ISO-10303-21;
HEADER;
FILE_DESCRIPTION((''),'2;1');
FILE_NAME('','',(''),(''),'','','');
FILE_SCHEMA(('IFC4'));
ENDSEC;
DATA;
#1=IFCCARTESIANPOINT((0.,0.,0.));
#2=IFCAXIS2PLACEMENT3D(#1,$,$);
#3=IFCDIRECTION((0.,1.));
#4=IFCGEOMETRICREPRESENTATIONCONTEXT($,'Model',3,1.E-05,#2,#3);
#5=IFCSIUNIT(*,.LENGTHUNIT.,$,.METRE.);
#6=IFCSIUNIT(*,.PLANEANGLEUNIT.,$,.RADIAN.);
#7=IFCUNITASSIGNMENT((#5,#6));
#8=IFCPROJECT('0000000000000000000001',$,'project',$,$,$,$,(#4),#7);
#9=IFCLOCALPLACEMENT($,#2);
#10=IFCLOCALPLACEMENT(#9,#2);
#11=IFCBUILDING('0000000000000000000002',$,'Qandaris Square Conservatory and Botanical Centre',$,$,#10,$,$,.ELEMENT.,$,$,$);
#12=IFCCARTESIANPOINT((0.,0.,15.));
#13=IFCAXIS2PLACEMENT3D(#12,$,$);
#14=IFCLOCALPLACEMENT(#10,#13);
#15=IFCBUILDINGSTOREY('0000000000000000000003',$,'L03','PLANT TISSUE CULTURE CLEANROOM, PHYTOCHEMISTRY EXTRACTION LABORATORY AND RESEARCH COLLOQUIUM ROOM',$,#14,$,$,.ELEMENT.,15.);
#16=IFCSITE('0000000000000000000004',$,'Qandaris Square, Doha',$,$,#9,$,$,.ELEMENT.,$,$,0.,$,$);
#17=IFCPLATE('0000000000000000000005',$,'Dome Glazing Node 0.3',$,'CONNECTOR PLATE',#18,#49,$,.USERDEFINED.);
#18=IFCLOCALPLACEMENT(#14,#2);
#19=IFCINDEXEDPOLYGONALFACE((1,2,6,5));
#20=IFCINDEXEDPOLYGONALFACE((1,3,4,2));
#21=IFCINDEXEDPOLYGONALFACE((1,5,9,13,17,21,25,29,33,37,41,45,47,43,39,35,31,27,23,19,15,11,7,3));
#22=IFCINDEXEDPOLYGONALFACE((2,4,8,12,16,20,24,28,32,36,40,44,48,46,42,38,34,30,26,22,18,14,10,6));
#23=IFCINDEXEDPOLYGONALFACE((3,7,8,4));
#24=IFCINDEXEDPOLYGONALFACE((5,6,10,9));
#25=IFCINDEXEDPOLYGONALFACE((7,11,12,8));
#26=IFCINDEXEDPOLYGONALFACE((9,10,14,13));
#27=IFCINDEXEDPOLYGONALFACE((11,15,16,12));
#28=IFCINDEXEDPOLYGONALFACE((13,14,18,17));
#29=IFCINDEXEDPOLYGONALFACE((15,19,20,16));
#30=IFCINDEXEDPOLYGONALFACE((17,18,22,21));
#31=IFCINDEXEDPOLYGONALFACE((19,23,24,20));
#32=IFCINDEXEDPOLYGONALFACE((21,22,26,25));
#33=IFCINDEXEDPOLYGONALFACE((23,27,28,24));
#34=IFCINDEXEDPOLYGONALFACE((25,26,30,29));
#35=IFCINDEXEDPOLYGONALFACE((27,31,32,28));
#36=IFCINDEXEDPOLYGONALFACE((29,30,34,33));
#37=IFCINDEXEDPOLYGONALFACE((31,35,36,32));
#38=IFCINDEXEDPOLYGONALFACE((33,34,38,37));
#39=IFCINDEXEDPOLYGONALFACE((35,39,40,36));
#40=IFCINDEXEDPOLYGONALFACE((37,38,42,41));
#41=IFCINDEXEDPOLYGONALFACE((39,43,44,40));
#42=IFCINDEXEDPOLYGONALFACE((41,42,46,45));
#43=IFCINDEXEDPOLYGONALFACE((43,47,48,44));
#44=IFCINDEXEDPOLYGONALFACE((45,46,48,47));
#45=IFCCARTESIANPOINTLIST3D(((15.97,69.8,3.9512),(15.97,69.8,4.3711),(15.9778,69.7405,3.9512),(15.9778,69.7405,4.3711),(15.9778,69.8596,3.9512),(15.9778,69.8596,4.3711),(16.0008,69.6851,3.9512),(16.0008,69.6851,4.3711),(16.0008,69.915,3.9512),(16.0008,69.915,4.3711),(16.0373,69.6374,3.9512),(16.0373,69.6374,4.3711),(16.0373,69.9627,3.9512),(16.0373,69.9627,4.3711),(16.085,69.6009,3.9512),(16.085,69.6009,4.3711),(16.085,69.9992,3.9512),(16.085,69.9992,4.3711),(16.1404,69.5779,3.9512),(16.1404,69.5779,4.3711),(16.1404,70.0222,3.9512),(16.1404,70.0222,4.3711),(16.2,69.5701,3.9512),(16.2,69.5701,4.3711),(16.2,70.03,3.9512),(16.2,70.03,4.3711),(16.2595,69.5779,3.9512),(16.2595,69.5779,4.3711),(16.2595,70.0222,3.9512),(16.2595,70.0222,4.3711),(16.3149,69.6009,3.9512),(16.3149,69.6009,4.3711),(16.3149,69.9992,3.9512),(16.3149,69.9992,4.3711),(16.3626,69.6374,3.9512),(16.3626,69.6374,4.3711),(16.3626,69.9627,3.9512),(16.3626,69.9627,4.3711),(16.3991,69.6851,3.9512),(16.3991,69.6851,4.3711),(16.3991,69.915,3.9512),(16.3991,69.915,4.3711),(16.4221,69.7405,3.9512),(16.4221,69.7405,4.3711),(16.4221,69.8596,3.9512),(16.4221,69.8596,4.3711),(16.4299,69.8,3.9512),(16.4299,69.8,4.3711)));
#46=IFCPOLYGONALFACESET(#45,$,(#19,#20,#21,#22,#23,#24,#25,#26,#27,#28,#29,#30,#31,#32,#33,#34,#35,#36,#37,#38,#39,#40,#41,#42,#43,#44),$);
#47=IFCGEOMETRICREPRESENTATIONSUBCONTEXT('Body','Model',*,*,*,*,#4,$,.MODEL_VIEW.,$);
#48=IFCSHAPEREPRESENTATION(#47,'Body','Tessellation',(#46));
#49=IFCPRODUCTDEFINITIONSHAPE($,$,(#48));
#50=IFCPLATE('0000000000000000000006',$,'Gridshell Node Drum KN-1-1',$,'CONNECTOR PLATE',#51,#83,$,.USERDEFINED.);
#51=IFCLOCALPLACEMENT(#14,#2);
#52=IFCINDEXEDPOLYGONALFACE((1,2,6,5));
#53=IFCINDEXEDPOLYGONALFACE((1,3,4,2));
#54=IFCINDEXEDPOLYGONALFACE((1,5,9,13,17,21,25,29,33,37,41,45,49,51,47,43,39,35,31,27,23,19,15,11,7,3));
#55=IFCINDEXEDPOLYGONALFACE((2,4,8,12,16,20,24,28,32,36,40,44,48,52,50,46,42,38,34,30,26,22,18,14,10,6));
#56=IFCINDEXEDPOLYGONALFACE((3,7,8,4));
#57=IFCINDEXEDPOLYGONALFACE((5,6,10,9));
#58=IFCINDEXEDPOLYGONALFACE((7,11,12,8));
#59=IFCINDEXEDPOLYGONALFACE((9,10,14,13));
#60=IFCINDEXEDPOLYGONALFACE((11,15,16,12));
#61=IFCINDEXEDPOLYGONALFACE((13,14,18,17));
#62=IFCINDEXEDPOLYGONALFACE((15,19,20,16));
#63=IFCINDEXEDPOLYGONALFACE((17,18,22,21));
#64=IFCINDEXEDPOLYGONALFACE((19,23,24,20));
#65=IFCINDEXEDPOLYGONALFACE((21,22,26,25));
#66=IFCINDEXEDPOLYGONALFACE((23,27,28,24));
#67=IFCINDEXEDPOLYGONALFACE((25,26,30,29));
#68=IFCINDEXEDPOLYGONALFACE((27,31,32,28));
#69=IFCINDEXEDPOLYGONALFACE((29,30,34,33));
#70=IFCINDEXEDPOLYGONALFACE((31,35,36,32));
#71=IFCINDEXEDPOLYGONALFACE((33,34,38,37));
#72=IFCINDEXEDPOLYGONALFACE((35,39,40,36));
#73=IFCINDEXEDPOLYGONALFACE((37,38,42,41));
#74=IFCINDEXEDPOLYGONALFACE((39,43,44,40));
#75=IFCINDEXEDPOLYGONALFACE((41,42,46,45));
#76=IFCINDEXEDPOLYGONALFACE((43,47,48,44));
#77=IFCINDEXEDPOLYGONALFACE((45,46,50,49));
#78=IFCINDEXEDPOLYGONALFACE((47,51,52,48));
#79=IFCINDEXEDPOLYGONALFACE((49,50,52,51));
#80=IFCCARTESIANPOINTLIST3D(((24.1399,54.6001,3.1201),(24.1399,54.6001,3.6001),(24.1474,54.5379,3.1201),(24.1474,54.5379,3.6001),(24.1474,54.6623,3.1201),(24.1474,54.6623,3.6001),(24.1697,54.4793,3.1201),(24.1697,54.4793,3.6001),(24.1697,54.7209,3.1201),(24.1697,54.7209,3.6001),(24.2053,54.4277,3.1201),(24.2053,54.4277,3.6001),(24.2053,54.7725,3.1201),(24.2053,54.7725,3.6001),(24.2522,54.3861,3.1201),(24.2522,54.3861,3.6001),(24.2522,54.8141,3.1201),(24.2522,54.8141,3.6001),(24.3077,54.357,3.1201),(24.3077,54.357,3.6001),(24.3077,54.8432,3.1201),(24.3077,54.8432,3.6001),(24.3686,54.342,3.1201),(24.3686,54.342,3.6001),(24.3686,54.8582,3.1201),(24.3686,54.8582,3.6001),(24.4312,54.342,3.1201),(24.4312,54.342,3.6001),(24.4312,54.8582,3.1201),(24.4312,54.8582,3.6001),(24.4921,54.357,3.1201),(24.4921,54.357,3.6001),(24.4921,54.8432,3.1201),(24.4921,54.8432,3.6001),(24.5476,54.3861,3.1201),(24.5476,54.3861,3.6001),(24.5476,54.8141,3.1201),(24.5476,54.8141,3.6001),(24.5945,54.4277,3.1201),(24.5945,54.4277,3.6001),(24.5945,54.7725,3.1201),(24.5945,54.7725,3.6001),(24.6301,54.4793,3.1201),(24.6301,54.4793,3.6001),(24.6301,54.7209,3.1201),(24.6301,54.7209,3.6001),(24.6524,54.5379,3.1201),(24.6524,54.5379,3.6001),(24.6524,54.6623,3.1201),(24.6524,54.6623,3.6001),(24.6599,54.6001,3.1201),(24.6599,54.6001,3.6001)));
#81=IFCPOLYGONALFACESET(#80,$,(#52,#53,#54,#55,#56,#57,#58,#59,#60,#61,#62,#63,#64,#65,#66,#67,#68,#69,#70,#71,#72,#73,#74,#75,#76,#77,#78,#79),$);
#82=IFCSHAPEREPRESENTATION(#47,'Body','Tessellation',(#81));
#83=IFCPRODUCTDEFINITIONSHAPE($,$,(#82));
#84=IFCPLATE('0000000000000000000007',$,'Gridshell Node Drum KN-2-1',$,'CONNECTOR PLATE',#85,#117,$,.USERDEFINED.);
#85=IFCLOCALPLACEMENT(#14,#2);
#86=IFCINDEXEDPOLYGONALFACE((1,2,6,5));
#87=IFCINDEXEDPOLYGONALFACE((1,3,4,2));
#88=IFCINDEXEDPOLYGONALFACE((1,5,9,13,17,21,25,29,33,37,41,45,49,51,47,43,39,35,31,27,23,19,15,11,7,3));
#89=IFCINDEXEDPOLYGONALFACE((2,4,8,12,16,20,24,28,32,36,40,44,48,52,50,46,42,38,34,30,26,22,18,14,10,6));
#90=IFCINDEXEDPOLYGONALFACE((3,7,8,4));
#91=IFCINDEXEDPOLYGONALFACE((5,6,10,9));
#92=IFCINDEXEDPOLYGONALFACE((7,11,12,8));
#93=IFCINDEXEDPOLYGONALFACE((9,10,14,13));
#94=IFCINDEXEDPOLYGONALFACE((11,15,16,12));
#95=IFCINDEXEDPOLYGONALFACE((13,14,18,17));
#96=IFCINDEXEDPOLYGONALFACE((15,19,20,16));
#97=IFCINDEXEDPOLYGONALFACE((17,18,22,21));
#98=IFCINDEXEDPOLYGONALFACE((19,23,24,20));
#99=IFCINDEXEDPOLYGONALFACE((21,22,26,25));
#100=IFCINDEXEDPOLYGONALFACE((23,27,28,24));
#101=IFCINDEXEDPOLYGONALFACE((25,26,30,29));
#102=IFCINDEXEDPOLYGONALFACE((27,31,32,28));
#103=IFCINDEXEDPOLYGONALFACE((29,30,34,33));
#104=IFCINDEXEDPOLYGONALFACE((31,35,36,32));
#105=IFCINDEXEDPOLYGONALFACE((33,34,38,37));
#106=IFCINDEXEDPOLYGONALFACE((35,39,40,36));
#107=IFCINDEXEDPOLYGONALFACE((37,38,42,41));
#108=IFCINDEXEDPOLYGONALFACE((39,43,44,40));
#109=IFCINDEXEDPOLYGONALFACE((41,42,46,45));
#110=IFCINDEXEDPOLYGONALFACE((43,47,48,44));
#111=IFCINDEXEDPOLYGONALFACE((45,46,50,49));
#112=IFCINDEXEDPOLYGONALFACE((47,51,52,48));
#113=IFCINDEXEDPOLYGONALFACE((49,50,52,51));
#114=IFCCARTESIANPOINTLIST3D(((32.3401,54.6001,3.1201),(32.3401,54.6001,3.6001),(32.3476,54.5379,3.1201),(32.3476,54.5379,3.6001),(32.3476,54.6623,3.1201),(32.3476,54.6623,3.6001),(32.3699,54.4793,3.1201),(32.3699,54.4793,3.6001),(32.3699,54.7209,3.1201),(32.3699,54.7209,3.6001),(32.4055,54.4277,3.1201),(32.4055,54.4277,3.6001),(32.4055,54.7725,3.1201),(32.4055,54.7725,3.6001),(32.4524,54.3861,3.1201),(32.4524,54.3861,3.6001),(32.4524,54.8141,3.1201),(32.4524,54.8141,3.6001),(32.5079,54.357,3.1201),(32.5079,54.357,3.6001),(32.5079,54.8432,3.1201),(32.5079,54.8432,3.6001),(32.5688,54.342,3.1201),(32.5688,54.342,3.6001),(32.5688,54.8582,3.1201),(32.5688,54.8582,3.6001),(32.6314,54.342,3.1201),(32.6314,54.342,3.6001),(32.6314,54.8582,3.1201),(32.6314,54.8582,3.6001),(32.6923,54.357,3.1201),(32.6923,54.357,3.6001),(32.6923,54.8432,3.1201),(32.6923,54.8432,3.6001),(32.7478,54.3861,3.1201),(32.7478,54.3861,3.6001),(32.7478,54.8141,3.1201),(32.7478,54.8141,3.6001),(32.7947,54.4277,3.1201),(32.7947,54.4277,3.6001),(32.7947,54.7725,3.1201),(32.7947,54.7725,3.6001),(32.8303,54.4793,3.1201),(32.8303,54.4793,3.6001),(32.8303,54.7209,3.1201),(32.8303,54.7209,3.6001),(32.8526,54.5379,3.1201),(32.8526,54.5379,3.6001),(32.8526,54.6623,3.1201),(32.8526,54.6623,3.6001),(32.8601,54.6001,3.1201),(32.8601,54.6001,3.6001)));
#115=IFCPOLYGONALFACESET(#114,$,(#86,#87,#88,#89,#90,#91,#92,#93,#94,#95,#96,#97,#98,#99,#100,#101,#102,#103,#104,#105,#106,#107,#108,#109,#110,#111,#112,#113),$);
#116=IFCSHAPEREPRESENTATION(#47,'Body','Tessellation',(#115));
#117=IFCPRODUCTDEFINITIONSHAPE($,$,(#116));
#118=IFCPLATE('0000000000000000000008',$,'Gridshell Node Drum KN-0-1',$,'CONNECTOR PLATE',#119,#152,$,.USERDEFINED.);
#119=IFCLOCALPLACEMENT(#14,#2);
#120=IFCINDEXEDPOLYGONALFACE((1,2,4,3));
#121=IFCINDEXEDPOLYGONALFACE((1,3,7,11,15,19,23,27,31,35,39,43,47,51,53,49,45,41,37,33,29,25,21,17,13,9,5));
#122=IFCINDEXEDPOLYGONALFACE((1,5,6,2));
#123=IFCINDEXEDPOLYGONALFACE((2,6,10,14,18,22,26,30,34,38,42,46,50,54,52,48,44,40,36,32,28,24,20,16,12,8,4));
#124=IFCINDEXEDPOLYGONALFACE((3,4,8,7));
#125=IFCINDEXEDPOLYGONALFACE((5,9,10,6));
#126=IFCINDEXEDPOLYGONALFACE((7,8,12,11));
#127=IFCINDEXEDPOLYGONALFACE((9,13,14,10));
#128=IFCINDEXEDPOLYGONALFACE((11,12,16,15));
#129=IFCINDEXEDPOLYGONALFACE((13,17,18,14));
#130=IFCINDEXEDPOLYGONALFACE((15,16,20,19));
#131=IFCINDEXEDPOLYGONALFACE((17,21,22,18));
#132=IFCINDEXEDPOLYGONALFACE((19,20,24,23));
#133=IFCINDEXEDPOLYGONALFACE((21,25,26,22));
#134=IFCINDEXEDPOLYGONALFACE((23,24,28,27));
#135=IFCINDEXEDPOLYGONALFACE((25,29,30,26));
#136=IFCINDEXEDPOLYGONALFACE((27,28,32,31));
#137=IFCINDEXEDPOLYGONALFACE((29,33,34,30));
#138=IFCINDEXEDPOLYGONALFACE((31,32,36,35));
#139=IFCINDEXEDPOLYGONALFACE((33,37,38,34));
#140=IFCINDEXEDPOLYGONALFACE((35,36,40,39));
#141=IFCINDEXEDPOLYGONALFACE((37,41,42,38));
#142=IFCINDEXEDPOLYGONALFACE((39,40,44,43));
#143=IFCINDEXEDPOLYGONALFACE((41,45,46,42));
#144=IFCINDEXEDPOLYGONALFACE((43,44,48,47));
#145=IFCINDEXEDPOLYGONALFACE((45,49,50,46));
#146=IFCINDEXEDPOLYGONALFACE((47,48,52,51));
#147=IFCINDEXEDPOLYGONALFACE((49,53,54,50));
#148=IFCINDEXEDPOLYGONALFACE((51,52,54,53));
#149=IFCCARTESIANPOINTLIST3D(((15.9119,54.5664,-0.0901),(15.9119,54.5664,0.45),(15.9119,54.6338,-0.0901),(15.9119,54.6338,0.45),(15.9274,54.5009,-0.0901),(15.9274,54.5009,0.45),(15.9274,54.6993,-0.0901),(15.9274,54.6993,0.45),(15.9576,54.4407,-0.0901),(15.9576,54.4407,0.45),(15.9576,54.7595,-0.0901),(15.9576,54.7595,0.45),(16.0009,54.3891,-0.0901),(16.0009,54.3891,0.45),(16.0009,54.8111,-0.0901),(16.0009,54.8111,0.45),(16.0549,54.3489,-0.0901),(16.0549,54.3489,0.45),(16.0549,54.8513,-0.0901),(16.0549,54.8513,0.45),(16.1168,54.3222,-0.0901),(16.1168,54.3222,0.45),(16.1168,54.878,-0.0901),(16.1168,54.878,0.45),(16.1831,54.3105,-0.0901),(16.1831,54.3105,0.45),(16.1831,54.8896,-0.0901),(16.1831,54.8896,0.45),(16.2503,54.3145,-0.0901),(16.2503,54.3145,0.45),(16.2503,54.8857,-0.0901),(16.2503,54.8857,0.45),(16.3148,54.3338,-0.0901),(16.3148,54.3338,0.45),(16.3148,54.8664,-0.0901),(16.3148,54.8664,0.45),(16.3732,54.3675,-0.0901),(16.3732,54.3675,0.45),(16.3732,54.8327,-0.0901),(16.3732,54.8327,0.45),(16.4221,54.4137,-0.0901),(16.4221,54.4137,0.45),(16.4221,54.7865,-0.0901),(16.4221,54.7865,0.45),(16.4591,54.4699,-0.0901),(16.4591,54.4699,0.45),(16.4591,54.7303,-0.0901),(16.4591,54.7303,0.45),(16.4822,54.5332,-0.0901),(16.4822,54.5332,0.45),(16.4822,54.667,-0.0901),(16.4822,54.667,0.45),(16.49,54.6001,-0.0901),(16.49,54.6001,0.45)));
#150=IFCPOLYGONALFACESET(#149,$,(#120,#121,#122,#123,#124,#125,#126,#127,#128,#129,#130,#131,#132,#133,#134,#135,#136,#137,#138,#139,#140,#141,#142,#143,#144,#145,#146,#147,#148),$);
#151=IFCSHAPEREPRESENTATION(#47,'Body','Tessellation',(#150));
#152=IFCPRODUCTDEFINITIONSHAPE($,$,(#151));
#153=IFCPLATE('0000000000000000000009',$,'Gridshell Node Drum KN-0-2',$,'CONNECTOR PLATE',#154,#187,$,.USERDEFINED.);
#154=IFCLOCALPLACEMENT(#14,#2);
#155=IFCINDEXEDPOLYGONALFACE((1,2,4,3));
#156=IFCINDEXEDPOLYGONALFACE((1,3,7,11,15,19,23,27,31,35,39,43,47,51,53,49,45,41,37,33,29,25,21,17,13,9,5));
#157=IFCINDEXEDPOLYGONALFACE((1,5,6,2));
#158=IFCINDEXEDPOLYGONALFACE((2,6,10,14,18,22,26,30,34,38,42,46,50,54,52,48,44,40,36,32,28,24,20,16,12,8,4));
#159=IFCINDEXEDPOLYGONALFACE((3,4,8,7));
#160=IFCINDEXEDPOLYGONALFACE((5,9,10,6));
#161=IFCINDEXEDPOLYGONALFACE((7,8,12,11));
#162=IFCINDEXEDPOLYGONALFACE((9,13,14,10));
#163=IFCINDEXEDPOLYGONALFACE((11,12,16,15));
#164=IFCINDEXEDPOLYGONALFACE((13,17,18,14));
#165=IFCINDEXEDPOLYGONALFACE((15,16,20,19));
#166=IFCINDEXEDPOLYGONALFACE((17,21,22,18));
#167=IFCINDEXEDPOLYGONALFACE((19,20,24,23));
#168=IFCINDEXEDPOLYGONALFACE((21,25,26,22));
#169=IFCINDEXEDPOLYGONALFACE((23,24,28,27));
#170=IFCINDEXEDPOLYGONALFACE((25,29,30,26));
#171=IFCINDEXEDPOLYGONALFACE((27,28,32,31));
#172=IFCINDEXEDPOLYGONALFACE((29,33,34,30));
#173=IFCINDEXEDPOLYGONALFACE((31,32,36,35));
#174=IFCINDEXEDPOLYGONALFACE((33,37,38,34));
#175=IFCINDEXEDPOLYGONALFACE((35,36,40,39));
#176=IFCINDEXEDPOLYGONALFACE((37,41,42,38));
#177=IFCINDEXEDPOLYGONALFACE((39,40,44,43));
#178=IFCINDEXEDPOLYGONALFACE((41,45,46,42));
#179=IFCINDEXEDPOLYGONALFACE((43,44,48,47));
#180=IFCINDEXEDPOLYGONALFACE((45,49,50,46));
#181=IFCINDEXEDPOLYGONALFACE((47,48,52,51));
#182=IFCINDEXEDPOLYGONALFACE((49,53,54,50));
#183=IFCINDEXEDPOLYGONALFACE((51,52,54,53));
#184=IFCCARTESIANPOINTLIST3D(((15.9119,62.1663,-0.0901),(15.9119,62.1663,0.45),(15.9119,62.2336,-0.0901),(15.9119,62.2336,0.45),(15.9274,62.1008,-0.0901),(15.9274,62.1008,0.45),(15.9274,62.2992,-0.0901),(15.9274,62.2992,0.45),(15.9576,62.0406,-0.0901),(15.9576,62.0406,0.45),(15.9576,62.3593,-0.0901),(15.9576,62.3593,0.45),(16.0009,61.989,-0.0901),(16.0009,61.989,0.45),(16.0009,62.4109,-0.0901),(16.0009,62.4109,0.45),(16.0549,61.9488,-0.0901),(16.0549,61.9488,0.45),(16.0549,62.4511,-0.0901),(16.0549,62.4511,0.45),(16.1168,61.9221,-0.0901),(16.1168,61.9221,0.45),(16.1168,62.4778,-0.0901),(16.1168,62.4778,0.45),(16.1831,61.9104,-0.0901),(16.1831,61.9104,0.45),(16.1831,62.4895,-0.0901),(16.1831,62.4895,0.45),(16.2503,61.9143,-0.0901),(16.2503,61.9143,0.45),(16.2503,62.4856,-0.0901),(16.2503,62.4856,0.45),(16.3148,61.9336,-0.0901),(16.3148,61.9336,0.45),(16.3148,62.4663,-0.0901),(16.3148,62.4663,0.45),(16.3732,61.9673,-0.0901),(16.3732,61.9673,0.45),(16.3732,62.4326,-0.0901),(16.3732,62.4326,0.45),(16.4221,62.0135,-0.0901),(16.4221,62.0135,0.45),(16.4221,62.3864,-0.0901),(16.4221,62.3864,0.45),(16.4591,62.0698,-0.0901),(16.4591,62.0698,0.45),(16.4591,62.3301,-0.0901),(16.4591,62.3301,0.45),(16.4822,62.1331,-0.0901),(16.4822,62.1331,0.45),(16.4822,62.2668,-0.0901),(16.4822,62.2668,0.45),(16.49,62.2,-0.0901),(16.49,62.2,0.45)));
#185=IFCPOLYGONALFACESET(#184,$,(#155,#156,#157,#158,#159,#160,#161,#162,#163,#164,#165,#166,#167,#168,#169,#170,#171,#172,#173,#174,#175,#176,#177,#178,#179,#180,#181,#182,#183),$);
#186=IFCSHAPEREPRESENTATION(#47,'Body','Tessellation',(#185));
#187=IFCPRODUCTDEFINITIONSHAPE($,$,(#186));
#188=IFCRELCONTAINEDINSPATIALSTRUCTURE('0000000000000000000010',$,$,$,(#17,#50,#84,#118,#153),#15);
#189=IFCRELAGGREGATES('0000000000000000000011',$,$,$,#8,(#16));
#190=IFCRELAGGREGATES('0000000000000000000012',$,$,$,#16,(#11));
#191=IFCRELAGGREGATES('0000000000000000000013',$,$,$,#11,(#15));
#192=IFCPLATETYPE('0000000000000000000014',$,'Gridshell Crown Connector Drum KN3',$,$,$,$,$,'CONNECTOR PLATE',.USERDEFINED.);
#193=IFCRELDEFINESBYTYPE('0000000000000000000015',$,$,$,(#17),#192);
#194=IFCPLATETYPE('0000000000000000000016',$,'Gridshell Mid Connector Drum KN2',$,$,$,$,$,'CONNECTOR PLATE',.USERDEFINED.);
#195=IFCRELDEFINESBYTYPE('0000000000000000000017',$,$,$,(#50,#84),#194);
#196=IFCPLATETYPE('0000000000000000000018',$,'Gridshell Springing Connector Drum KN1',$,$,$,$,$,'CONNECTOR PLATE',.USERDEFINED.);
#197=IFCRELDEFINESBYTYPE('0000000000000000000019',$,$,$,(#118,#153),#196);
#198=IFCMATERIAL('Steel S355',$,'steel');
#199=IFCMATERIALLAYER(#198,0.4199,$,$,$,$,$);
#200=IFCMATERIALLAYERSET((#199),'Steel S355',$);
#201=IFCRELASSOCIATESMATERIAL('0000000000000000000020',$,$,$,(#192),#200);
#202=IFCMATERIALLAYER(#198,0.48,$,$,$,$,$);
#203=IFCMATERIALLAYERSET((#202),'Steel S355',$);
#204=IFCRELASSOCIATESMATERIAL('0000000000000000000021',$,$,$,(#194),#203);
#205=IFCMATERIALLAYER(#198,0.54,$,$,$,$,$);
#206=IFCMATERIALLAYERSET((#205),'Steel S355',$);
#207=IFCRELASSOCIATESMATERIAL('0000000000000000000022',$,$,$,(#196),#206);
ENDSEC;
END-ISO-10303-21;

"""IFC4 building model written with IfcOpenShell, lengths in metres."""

from ifc_helpers import new_model, si_unit, direction, frame, origin, origin_2d, place, context, subcontext, project, spatial, circle, extrude, material, layer, layer_set, type_object, element, save


model = new_model("IFC4")

# Units and contexts
model_context = context("Model", 3, precision=1e-05, world=origin(), true_north=direction((0.0, 1.0)))
body_context = subcontext(model_context, "Body", "Model", "MODEL_VIEW")
ifc_project = project(units=[si_unit("LENGTHUNIT", "METRE"), si_unit("PLANEANGLEUNIT", "RADIAN")], contexts=[model_context])

# Site, building, storey
site_placement = place(None, origin())
site = spatial("IfcSite", under=ifc_project, at=site_placement, Name="Qandaris Square, Doha", CompositionType="ELEMENT", RefElevation=0.0)
building_placement = place(site_placement, origin())
building = spatial("IfcBuilding", under=site, at=building_placement, Name="Qandaris Square Conservatory and Botanical Centre", CompositionType="ELEMENT")
storey_placement = place(building_placement, frame((0.0, 0.0, 15.0)))
storey = spatial("IfcBuildingStorey", under=building, at=storey_placement, Name="L03", Description="PLANT TISSUE CULTURE CLEANROOM, PHYTOCHEMISTRY EXTRACTION LABORATORY AND RESEARCH COLLOQUIUM ROOM", CompositionType="ELEMENT", Elevation=15.0)

# Shared definitions
ifc_material_1 = material(Name="Steel S355", Category="steel")

# Plates
ifc_layer_1 = layer(ifc_material_1, 0.4199)
ifc_layer_set_1 = layer_set([ifc_layer_1], Name="Steel S355")
plate_type_1 = type_object("IfcPlateType", Name="Gridshell Crown Connector Drum KN3", ElementType="CONNECTOR PLATE", PredefinedType="USERDEFINED", material=ifc_layer_set_1)
for number, where, z_axis, x_axis, name in (
    (1, (16.2, 69.8, 3.9512), (0.0, 0.0, 1.0), (1.0, 0.0, 0.0), "Dome Glazing Node 0.3"),
):
    element("IfcPlate", number, at=place(storey_placement, frame(where, z_axis=z_axis, x_axis=x_axis)), inside=storey, type_object=plate_type_1, Name=name, ObjectType="CONNECTOR PLATE", PredefinedType="USERDEFINED", context=body_context, shape_type="SweptSolid", body=[
        extrude(circle(Radius=0.23, at=origin_2d()), origin(), (0.0, 0.0, 1.0), 0.4199),
    ])
ifc_layer_2 = layer(ifc_material_1, 0.48)
ifc_layer_set_2 = layer_set([ifc_layer_2], Name="Steel S355")
plate_type_2 = type_object("IfcPlateType", Name="Gridshell Mid Connector Drum KN2", ElementType="CONNECTOR PLATE", PredefinedType="USERDEFINED", material=ifc_layer_set_2)
for number, where, z_axis, x_axis, name in (
    (2, (24.3999, 54.6001, 3.1201), (0.0, 0.0, 1.0), (1.0, 0.0, 0.0), "Gridshell Node Drum KN-1-1"),
    (3, (32.6001, 54.6001, 3.1201), (0.0, 0.0, 1.0), (1.0, 0.0, 0.0), "Gridshell Node Drum KN-2-1"),
):
    element("IfcPlate", number, at=place(storey_placement, frame(where, z_axis=z_axis, x_axis=x_axis)), inside=storey, type_object=plate_type_2, Name=name, ObjectType="CONNECTOR PLATE", PredefinedType="USERDEFINED", context=body_context, shape_type="SweptSolid", body=[
        extrude(circle(Radius=0.26, at=origin_2d()), origin(), (0.0, 0.0, 1.0), 0.48),
    ])
ifc_layer_3 = layer(ifc_material_1, 0.54)
ifc_layer_set_3 = layer_set([ifc_layer_3], Name="Steel S355")
plate_type_3 = type_object("IfcPlateType", Name="Gridshell Springing Connector Drum KN1", ElementType="CONNECTOR PLATE", PredefinedType="USERDEFINED", material=ifc_layer_set_3)
for number, where, z_axis, x_axis, name in (
    (4, (16.2, 54.6001, -0.0901), (0.0, 0.0, 1.0), (1.0, 0.0, 0.0), "Gridshell Node Drum KN-0-1"),
    (5, (16.2, 62.2, -0.0901), (0.0, 0.0, 1.0), (1.0, 0.0, 0.0), "Gridshell Node Drum KN-0-2"),
):
    element("IfcPlate", number, at=place(storey_placement, frame(where, z_axis=z_axis, x_axis=x_axis)), inside=storey, type_object=plate_type_3, Name=name, ObjectType="CONNECTOR PLATE", PredefinedType="USERDEFINED", context=body_context, shape_type="SweptSolid", body=[
        extrude(circle(Radius=0.29, at=origin_2d()), origin(), (0.0, 0.0, 1.0), 0.54),
    ])

save(model, "model.ifc")
